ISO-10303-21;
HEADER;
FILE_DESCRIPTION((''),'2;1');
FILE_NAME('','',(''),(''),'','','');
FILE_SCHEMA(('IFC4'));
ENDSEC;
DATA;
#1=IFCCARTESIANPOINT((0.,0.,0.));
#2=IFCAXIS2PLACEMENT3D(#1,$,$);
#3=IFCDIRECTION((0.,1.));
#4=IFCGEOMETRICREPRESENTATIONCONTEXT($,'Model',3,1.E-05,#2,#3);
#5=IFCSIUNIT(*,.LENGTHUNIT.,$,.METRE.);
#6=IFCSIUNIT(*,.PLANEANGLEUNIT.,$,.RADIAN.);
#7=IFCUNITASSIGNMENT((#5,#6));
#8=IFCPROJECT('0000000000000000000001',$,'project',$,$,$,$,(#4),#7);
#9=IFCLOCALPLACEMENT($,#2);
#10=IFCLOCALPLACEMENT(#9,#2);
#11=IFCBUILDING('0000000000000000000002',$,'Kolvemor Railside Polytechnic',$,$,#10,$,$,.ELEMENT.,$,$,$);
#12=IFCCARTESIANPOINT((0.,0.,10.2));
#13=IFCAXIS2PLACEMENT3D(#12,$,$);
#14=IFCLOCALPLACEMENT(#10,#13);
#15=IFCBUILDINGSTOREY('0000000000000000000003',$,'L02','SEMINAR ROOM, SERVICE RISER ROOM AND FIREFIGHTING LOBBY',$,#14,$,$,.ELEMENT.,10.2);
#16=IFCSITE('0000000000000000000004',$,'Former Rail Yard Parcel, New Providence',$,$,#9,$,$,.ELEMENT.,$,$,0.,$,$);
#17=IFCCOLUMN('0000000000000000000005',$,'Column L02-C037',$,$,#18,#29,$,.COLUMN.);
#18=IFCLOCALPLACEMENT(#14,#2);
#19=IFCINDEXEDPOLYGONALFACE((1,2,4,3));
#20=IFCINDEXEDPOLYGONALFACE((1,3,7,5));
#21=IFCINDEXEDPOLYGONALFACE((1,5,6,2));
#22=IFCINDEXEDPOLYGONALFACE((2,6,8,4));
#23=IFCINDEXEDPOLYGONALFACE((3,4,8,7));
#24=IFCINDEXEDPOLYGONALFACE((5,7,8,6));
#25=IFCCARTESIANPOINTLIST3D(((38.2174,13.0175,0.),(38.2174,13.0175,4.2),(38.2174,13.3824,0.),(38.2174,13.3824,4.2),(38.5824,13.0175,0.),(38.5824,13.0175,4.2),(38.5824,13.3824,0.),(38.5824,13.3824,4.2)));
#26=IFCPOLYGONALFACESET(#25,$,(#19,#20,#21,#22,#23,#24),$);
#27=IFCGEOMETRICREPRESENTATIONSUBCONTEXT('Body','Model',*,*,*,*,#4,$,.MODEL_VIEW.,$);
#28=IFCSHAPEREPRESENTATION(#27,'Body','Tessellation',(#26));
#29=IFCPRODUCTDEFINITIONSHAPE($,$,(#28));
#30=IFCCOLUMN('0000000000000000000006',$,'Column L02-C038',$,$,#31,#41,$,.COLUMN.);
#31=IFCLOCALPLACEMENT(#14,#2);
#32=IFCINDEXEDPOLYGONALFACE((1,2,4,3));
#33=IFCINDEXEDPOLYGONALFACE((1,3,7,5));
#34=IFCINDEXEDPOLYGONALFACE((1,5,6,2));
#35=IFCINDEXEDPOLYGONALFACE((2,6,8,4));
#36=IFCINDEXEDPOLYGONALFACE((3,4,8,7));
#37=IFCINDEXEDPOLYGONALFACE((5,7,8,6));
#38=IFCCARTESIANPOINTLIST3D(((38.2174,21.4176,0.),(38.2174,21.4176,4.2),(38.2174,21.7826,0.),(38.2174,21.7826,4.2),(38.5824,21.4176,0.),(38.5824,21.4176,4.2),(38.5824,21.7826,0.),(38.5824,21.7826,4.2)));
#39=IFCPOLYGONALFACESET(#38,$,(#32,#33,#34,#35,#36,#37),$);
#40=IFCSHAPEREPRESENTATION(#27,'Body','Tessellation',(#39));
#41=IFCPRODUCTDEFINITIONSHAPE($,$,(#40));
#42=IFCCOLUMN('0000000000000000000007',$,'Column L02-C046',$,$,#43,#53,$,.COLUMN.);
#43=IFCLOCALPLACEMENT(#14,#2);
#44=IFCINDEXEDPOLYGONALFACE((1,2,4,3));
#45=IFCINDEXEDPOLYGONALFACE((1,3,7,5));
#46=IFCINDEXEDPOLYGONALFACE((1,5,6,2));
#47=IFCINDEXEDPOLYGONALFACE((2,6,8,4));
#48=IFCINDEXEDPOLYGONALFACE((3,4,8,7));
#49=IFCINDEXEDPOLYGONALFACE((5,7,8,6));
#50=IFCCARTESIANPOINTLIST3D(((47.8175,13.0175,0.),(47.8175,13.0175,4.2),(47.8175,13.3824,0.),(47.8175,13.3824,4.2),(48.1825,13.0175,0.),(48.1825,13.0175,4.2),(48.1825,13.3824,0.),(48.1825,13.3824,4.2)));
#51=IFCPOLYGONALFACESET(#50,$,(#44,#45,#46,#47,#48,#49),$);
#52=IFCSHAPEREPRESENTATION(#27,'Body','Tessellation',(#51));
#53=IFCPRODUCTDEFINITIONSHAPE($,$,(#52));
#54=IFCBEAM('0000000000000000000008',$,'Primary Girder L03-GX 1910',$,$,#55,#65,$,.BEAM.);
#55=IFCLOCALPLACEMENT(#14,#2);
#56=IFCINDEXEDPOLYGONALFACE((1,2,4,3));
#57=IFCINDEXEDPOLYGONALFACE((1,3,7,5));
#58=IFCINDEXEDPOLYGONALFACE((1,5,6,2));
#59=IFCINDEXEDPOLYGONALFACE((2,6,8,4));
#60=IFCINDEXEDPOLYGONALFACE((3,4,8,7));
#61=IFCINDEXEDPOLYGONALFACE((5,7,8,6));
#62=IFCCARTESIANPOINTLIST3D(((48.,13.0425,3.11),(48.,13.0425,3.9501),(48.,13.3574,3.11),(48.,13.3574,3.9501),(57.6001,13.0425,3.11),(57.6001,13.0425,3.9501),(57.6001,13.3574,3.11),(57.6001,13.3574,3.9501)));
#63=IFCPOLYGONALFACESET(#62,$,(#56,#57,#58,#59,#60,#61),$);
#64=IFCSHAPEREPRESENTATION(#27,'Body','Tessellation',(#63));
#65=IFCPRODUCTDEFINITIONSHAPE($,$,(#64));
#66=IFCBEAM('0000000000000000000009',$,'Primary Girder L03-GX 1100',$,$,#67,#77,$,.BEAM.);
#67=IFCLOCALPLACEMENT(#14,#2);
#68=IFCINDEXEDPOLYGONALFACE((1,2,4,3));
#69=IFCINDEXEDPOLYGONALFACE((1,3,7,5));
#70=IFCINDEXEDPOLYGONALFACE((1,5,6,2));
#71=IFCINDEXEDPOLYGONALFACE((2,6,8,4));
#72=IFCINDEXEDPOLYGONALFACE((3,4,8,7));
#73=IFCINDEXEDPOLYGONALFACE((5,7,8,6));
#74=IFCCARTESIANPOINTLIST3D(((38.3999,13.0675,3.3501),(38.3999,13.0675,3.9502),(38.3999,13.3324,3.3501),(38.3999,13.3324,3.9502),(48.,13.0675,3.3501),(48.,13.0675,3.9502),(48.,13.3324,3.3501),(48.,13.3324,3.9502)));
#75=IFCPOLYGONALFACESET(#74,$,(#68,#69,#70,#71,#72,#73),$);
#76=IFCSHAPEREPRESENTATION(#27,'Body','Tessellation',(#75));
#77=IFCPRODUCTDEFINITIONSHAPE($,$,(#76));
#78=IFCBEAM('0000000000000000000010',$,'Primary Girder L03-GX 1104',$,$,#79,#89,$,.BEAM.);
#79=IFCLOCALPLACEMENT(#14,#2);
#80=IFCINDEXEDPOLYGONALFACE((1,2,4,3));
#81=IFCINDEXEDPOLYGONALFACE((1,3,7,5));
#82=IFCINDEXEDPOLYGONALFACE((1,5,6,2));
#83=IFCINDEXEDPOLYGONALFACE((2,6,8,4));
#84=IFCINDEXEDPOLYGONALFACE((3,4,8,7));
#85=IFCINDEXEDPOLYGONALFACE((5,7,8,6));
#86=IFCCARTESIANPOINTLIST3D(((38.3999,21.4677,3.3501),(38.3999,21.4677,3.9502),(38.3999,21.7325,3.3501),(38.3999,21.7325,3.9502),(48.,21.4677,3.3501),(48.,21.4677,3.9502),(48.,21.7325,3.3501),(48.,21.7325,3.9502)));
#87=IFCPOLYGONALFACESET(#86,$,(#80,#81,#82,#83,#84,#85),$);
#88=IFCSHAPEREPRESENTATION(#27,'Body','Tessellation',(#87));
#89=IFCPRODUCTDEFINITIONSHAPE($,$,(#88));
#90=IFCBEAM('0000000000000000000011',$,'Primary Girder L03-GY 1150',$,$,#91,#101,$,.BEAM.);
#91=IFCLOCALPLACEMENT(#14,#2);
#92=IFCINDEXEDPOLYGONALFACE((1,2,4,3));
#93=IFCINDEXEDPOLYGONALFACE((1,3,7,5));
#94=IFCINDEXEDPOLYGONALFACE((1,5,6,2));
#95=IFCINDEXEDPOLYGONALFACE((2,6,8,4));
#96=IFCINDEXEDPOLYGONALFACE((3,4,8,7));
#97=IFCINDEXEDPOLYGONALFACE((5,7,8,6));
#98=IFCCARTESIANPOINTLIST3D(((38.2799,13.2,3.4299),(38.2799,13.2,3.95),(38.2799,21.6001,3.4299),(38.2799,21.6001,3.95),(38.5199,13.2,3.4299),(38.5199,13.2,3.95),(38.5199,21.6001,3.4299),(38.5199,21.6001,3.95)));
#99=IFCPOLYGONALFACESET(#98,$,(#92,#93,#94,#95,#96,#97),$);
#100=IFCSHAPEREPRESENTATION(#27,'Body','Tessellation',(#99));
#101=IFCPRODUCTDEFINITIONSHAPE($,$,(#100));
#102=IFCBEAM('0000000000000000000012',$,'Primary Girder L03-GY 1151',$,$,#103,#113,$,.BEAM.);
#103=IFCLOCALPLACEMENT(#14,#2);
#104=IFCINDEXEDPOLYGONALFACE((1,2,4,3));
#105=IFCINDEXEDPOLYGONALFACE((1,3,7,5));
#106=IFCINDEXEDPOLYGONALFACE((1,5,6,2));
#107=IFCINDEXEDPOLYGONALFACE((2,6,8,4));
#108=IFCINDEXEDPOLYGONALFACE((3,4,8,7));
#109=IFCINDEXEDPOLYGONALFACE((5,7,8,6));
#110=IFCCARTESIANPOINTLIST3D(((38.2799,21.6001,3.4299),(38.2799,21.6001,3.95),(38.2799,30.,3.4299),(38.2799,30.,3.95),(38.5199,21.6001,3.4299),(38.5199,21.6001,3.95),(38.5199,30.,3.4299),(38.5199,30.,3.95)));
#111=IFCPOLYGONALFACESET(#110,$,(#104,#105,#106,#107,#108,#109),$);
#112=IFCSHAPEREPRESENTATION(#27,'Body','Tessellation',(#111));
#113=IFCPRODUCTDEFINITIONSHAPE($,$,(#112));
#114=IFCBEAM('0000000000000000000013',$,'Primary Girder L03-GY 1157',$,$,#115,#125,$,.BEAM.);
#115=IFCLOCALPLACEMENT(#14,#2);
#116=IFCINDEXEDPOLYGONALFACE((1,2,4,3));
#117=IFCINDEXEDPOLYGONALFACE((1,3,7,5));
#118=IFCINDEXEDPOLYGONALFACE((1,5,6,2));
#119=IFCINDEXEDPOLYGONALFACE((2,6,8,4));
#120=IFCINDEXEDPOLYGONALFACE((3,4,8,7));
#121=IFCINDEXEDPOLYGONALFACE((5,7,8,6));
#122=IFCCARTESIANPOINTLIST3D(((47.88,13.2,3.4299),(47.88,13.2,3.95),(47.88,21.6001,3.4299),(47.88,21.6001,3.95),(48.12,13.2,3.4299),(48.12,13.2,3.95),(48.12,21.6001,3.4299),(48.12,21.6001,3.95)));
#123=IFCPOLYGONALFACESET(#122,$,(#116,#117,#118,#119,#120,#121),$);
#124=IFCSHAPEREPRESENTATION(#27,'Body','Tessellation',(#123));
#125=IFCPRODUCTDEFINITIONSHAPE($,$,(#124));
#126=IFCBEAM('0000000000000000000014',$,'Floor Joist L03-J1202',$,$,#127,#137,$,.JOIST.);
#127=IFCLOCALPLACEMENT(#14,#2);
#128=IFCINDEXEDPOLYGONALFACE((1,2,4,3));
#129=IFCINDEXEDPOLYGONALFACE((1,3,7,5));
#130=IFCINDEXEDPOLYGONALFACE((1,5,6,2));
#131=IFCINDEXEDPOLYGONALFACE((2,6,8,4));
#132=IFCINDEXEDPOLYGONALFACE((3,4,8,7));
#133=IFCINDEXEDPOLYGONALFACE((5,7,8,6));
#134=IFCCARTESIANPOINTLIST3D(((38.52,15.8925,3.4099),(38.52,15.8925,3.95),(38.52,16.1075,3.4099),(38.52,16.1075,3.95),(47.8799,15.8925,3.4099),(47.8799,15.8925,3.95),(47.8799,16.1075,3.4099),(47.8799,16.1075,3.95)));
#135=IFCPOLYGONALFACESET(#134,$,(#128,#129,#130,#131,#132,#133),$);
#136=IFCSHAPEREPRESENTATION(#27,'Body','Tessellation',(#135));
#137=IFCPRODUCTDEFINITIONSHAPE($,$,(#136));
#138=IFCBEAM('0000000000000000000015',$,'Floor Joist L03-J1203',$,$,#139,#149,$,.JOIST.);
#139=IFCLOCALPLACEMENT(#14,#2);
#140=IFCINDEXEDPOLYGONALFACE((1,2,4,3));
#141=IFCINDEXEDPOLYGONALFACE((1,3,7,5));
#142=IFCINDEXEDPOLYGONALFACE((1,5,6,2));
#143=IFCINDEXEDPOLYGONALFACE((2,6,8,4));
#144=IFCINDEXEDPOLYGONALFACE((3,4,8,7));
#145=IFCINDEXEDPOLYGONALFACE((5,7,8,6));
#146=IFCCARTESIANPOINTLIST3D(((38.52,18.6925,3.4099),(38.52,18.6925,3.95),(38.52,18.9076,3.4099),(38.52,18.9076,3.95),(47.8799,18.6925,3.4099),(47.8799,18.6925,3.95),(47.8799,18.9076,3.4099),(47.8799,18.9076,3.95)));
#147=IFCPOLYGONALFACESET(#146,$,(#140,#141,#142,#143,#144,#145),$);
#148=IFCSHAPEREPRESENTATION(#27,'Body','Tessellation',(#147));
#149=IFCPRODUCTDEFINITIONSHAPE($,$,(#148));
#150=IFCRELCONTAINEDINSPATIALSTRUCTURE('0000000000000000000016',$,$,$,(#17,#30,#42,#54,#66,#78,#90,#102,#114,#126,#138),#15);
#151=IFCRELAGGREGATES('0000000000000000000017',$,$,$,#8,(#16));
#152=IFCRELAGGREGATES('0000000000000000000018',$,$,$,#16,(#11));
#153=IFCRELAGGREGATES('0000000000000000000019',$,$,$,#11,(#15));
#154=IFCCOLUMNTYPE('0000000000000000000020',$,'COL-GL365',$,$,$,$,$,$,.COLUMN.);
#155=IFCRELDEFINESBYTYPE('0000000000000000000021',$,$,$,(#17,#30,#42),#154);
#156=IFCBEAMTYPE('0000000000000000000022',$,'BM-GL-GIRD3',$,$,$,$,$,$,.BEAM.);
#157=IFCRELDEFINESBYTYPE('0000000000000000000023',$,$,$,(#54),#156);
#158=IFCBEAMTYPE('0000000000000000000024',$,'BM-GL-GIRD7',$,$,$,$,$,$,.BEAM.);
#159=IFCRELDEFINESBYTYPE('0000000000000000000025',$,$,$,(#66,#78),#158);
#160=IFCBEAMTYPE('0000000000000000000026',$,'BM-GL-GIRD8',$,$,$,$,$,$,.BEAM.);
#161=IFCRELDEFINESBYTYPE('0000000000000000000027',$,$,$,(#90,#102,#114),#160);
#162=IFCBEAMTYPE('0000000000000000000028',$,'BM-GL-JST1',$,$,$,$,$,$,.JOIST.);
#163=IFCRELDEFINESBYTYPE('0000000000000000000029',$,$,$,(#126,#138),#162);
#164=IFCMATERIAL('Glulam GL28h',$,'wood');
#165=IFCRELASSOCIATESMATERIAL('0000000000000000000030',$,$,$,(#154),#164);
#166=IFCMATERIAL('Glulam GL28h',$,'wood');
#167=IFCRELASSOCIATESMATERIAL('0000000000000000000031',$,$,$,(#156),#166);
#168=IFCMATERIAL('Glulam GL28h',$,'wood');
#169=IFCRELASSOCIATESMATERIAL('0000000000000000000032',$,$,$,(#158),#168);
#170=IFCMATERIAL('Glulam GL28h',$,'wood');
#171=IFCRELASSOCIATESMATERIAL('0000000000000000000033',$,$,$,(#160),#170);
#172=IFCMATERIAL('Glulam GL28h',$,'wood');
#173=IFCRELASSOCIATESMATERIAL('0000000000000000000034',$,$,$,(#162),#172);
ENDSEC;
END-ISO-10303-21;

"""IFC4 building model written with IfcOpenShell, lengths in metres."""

from ifc_helpers import new_model, si_unit, direction, frame, origin, origin_2d, place, context, subcontext, project, spatial, rectangle, extrude, material, material_profile, profile_set, type_object, element, save


model = new_model("IFC4")

# Units and contexts
model_context = context("Model", 3, precision=1e-05, world=origin(), true_north=direction((0.0, 1.0)))
body_context = subcontext(model_context, "Body", "Model", "MODEL_VIEW")
ifc_project = project(units=[si_unit("LENGTHUNIT", "METRE"), si_unit("PLANEANGLEUNIT", "RADIAN")], contexts=[model_context])

# Site, building, storey
site_placement = place(None, origin())
site = spatial("IfcSite", under=ifc_project, at=site_placement, Name="Former Rail Yard Parcel, New Providence", CompositionType="ELEMENT", RefElevation=0.0)
building_placement = place(site_placement, origin())
building = spatial("IfcBuilding", under=site, at=building_placement, Name="Kolvemor Railside Polytechnic", CompositionType="ELEMENT")
storey_placement = place(building_placement, frame((0.0, 0.0, 10.2)))
storey = spatial("IfcBuildingStorey", under=building, at=storey_placement, Name="L02", Description="SEMINAR ROOM, SERVICE RISER ROOM AND FIREFIGHTING LOBBY", CompositionType="ELEMENT", Elevation=10.2)

# Columns
ifc_material_1 = material(Name="Glulam GL28h", Category="wood")
ifc_material_profile_1 = material_profile(ifc_material_1, rectangle(XDim=0.365, YDim=0.365, at=origin_2d()), Name="GL365x365")
ifc_profile_set_1 = profile_set([ifc_material_profile_1], Name="Glulam GL28h")
column_type = type_object("IfcColumnType", Name="COL-GL365", PredefinedType="COLUMN", material=ifc_profile_set_1)
for number, where, z_axis, x_axis, name in (
    (1, (38.3999, 13.2, 0.0), (0.0, 0.0, 1.0), (1.0, 0.0, 0.0), "Column L02-C037"),
    (2, (38.3999, 21.6001, 0.0), (0.0, 0.0, 1.0), (1.0, 0.0, 0.0), "Column L02-C038"),
    (3, (48.0, 13.2, 0.0), (0.0, 0.0, 1.0), (1.0, 0.0, 0.0), "Column L02-C046"),
):
    element("IfcColumn", number, at=place(storey_placement, frame(where, z_axis=z_axis, x_axis=x_axis)), inside=storey, type_object=column_type, Name=name, PredefinedType="COLUMN", context=body_context, shape_type="SweptSolid", body=[
        extrude(rectangle(XDim=0.365, YDim=0.365, at=origin_2d()), origin(), (0.0, 0.0, 1.0), 4.2),
    ])

# Beams
ifc_material_2 = material(Name="Glulam GL28h", Category="wood")
ifc_material_profile_2 = material_profile(ifc_material_2, rectangle(XDim=0.3149, YDim=0.8401, at=origin_2d()), Name="GL315x840")
ifc_profile_set_2 = profile_set([ifc_material_profile_2], Name="Glulam GL28h")
beam_type_1 = type_object("IfcBeamType", Name="BM-GL-GIRD3", PredefinedType="BEAM", material=ifc_profile_set_2)
beam_1_placement = place(storey_placement, frame((48.0, 13.2, 3.53), z_axis=(1.0, 0.0, 0.0), x_axis=(0.0, 1.0, 0.0)))
element("IfcBeam", 4, at=beam_1_placement, inside=storey, type_object=beam_type_1, Name="Primary Girder L03-GX 1910", PredefinedType="BEAM", context=body_context, shape_type="SweptSolid", body=[
    extrude(rectangle(XDim=0.3149, YDim=0.8401, at=origin_2d()), origin(), (0.0, 0.0, 1.0), 9.6001),
])
ifc_material_3 = material(Name="Glulam GL28h", Category="wood")
ifc_material_profile_3 = material_profile(ifc_material_3, rectangle(XDim=0.2649, YDim=0.6001, at=origin_2d()), Name="GL265x600")
ifc_profile_set_3 = profile_set([ifc_material_profile_3], Name="Glulam GL28h")
beam_type_2 = type_object("IfcBeamType", Name="BM-GL-GIRD7", PredefinedType="BEAM", material=ifc_profile_set_3)
for number, where, z_axis, x_axis, name in (
    (5, (38.3999, 13.2, 3.6501), (1.0, 0.0, 0.0), (0.0, 1.0, 0.0), "Primary Girder L03-GX 1100"),
    (6, (38.3999, 21.6001, 3.6501), (1.0, 0.0, 0.0), (0.0, 1.0, 0.0), "Primary Girder L03-GX 1104"),
):
    element("IfcBeam", number, at=place(storey_placement, frame(where, z_axis=z_axis, x_axis=x_axis)), inside=storey, type_object=beam_type_2, Name=name, PredefinedType="BEAM", context=body_context, shape_type="SweptSolid", body=[
        extrude(rectangle(XDim=0.2649, YDim=0.6001, at=origin_2d()), origin(), (0.0, 0.0, 1.0), 9.6001),
    ])
ifc_material_4 = material(Name="Glulam GL28h", Category="wood")
ifc_material_profile_4 = material_profile(ifc_material_4, rectangle(XDim=0.24, YDim=0.52, at=origin_2d()), Name="GL240x520")
ifc_profile_set_4 = profile_set([ifc_material_profile_4], Name="Glulam GL28h")
beam_type_3 = type_object("IfcBeamType", Name="BM-GL-GIRD8", PredefinedType="BEAM", material=ifc_profile_set_4)
beam_2_placement = place(storey_placement, frame((38.3999, 13.2, 3.6899), z_axis=(0.0, 1.0, 0.0), x_axis=(-1.0, 0.0, 0.0)))
element("IfcBeam", 7, at=beam_2_placement, inside=storey, type_object=beam_type_3, Name="Primary Girder L03-GY 1150", PredefinedType="BEAM", context=body_context, shape_type="SweptSolid", body=[
    extrude(rectangle(XDim=0.24, YDim=0.52, at=origin_2d()), origin(), (0.0, 0.0, 1.0), 8.4001),
])
beam_3_placement = place(storey_placement, frame((38.3999, 21.6001, 3.6899), z_axis=(0.0, 1.0, 0.0), x_axis=(-1.0, 0.0, 0.0)))
element("IfcBeam", 8, at=beam_3_placement, inside=storey, type_object=beam_type_3, Name="Primary Girder L03-GY 1151", PredefinedType="BEAM", context=body_context, shape_type="SweptSolid", body=[
    extrude(rectangle(XDim=0.24, YDim=0.52, at=origin_2d()), origin(), (0.0, 0.0, 1.0), 8.3999),
])
beam_4_placement = place(storey_placement, frame((48.0, 13.2, 3.6899), z_axis=(0.0, 1.0, 0.0), x_axis=(-1.0, 0.0, 0.0)))
element("IfcBeam", 9, at=beam_4_placement, inside=storey, type_object=beam_type_3, Name="Primary Girder L03-GY 1157", PredefinedType="BEAM", context=body_context, shape_type="SweptSolid", body=[
    extrude(rectangle(XDim=0.24, YDim=0.52, at=origin_2d()), origin(), (0.0, 0.0, 1.0), 8.4001),
])
ifc_material_5 = material(Name="Glulam GL28h", Category="wood")
ifc_material_profile_5 = material_profile(ifc_material_5, rectangle(XDim=0.2151, YDim=0.54, at=origin_2d()), Name="GL215x540")
ifc_profile_set_5 = profile_set([ifc_material_profile_5], Name="Glulam GL28h")
beam_type_4 = type_object("IfcBeamType", Name="BM-GL-JST1", PredefinedType="JOIST", material=ifc_profile_set_5)
for number, where, z_axis, x_axis, name in (
    (10, (38.52, 16.0, 3.6799), (1.0, 0.0, 0.0), (0.0, 1.0, 0.0), "Floor Joist L03-J1202"),
    (11, (38.52, 18.8, 3.6799), (1.0, 0.0, 0.0), (0.0, 1.0, 0.0), "Floor Joist L03-J1203"),
):
    element("IfcBeam", number, at=place(storey_placement, frame(where, z_axis=z_axis, x_axis=x_axis)), inside=storey, type_object=beam_type_4, Name=name, PredefinedType="JOIST", context=body_context, shape_type="SweptSolid", body=[
        extrude(rectangle(XDim=0.2151, YDim=0.54, at=origin_2d()), origin(), (0.0, 0.0, 1.0), 9.3599),
    ])

save(model, "model.ifc")
